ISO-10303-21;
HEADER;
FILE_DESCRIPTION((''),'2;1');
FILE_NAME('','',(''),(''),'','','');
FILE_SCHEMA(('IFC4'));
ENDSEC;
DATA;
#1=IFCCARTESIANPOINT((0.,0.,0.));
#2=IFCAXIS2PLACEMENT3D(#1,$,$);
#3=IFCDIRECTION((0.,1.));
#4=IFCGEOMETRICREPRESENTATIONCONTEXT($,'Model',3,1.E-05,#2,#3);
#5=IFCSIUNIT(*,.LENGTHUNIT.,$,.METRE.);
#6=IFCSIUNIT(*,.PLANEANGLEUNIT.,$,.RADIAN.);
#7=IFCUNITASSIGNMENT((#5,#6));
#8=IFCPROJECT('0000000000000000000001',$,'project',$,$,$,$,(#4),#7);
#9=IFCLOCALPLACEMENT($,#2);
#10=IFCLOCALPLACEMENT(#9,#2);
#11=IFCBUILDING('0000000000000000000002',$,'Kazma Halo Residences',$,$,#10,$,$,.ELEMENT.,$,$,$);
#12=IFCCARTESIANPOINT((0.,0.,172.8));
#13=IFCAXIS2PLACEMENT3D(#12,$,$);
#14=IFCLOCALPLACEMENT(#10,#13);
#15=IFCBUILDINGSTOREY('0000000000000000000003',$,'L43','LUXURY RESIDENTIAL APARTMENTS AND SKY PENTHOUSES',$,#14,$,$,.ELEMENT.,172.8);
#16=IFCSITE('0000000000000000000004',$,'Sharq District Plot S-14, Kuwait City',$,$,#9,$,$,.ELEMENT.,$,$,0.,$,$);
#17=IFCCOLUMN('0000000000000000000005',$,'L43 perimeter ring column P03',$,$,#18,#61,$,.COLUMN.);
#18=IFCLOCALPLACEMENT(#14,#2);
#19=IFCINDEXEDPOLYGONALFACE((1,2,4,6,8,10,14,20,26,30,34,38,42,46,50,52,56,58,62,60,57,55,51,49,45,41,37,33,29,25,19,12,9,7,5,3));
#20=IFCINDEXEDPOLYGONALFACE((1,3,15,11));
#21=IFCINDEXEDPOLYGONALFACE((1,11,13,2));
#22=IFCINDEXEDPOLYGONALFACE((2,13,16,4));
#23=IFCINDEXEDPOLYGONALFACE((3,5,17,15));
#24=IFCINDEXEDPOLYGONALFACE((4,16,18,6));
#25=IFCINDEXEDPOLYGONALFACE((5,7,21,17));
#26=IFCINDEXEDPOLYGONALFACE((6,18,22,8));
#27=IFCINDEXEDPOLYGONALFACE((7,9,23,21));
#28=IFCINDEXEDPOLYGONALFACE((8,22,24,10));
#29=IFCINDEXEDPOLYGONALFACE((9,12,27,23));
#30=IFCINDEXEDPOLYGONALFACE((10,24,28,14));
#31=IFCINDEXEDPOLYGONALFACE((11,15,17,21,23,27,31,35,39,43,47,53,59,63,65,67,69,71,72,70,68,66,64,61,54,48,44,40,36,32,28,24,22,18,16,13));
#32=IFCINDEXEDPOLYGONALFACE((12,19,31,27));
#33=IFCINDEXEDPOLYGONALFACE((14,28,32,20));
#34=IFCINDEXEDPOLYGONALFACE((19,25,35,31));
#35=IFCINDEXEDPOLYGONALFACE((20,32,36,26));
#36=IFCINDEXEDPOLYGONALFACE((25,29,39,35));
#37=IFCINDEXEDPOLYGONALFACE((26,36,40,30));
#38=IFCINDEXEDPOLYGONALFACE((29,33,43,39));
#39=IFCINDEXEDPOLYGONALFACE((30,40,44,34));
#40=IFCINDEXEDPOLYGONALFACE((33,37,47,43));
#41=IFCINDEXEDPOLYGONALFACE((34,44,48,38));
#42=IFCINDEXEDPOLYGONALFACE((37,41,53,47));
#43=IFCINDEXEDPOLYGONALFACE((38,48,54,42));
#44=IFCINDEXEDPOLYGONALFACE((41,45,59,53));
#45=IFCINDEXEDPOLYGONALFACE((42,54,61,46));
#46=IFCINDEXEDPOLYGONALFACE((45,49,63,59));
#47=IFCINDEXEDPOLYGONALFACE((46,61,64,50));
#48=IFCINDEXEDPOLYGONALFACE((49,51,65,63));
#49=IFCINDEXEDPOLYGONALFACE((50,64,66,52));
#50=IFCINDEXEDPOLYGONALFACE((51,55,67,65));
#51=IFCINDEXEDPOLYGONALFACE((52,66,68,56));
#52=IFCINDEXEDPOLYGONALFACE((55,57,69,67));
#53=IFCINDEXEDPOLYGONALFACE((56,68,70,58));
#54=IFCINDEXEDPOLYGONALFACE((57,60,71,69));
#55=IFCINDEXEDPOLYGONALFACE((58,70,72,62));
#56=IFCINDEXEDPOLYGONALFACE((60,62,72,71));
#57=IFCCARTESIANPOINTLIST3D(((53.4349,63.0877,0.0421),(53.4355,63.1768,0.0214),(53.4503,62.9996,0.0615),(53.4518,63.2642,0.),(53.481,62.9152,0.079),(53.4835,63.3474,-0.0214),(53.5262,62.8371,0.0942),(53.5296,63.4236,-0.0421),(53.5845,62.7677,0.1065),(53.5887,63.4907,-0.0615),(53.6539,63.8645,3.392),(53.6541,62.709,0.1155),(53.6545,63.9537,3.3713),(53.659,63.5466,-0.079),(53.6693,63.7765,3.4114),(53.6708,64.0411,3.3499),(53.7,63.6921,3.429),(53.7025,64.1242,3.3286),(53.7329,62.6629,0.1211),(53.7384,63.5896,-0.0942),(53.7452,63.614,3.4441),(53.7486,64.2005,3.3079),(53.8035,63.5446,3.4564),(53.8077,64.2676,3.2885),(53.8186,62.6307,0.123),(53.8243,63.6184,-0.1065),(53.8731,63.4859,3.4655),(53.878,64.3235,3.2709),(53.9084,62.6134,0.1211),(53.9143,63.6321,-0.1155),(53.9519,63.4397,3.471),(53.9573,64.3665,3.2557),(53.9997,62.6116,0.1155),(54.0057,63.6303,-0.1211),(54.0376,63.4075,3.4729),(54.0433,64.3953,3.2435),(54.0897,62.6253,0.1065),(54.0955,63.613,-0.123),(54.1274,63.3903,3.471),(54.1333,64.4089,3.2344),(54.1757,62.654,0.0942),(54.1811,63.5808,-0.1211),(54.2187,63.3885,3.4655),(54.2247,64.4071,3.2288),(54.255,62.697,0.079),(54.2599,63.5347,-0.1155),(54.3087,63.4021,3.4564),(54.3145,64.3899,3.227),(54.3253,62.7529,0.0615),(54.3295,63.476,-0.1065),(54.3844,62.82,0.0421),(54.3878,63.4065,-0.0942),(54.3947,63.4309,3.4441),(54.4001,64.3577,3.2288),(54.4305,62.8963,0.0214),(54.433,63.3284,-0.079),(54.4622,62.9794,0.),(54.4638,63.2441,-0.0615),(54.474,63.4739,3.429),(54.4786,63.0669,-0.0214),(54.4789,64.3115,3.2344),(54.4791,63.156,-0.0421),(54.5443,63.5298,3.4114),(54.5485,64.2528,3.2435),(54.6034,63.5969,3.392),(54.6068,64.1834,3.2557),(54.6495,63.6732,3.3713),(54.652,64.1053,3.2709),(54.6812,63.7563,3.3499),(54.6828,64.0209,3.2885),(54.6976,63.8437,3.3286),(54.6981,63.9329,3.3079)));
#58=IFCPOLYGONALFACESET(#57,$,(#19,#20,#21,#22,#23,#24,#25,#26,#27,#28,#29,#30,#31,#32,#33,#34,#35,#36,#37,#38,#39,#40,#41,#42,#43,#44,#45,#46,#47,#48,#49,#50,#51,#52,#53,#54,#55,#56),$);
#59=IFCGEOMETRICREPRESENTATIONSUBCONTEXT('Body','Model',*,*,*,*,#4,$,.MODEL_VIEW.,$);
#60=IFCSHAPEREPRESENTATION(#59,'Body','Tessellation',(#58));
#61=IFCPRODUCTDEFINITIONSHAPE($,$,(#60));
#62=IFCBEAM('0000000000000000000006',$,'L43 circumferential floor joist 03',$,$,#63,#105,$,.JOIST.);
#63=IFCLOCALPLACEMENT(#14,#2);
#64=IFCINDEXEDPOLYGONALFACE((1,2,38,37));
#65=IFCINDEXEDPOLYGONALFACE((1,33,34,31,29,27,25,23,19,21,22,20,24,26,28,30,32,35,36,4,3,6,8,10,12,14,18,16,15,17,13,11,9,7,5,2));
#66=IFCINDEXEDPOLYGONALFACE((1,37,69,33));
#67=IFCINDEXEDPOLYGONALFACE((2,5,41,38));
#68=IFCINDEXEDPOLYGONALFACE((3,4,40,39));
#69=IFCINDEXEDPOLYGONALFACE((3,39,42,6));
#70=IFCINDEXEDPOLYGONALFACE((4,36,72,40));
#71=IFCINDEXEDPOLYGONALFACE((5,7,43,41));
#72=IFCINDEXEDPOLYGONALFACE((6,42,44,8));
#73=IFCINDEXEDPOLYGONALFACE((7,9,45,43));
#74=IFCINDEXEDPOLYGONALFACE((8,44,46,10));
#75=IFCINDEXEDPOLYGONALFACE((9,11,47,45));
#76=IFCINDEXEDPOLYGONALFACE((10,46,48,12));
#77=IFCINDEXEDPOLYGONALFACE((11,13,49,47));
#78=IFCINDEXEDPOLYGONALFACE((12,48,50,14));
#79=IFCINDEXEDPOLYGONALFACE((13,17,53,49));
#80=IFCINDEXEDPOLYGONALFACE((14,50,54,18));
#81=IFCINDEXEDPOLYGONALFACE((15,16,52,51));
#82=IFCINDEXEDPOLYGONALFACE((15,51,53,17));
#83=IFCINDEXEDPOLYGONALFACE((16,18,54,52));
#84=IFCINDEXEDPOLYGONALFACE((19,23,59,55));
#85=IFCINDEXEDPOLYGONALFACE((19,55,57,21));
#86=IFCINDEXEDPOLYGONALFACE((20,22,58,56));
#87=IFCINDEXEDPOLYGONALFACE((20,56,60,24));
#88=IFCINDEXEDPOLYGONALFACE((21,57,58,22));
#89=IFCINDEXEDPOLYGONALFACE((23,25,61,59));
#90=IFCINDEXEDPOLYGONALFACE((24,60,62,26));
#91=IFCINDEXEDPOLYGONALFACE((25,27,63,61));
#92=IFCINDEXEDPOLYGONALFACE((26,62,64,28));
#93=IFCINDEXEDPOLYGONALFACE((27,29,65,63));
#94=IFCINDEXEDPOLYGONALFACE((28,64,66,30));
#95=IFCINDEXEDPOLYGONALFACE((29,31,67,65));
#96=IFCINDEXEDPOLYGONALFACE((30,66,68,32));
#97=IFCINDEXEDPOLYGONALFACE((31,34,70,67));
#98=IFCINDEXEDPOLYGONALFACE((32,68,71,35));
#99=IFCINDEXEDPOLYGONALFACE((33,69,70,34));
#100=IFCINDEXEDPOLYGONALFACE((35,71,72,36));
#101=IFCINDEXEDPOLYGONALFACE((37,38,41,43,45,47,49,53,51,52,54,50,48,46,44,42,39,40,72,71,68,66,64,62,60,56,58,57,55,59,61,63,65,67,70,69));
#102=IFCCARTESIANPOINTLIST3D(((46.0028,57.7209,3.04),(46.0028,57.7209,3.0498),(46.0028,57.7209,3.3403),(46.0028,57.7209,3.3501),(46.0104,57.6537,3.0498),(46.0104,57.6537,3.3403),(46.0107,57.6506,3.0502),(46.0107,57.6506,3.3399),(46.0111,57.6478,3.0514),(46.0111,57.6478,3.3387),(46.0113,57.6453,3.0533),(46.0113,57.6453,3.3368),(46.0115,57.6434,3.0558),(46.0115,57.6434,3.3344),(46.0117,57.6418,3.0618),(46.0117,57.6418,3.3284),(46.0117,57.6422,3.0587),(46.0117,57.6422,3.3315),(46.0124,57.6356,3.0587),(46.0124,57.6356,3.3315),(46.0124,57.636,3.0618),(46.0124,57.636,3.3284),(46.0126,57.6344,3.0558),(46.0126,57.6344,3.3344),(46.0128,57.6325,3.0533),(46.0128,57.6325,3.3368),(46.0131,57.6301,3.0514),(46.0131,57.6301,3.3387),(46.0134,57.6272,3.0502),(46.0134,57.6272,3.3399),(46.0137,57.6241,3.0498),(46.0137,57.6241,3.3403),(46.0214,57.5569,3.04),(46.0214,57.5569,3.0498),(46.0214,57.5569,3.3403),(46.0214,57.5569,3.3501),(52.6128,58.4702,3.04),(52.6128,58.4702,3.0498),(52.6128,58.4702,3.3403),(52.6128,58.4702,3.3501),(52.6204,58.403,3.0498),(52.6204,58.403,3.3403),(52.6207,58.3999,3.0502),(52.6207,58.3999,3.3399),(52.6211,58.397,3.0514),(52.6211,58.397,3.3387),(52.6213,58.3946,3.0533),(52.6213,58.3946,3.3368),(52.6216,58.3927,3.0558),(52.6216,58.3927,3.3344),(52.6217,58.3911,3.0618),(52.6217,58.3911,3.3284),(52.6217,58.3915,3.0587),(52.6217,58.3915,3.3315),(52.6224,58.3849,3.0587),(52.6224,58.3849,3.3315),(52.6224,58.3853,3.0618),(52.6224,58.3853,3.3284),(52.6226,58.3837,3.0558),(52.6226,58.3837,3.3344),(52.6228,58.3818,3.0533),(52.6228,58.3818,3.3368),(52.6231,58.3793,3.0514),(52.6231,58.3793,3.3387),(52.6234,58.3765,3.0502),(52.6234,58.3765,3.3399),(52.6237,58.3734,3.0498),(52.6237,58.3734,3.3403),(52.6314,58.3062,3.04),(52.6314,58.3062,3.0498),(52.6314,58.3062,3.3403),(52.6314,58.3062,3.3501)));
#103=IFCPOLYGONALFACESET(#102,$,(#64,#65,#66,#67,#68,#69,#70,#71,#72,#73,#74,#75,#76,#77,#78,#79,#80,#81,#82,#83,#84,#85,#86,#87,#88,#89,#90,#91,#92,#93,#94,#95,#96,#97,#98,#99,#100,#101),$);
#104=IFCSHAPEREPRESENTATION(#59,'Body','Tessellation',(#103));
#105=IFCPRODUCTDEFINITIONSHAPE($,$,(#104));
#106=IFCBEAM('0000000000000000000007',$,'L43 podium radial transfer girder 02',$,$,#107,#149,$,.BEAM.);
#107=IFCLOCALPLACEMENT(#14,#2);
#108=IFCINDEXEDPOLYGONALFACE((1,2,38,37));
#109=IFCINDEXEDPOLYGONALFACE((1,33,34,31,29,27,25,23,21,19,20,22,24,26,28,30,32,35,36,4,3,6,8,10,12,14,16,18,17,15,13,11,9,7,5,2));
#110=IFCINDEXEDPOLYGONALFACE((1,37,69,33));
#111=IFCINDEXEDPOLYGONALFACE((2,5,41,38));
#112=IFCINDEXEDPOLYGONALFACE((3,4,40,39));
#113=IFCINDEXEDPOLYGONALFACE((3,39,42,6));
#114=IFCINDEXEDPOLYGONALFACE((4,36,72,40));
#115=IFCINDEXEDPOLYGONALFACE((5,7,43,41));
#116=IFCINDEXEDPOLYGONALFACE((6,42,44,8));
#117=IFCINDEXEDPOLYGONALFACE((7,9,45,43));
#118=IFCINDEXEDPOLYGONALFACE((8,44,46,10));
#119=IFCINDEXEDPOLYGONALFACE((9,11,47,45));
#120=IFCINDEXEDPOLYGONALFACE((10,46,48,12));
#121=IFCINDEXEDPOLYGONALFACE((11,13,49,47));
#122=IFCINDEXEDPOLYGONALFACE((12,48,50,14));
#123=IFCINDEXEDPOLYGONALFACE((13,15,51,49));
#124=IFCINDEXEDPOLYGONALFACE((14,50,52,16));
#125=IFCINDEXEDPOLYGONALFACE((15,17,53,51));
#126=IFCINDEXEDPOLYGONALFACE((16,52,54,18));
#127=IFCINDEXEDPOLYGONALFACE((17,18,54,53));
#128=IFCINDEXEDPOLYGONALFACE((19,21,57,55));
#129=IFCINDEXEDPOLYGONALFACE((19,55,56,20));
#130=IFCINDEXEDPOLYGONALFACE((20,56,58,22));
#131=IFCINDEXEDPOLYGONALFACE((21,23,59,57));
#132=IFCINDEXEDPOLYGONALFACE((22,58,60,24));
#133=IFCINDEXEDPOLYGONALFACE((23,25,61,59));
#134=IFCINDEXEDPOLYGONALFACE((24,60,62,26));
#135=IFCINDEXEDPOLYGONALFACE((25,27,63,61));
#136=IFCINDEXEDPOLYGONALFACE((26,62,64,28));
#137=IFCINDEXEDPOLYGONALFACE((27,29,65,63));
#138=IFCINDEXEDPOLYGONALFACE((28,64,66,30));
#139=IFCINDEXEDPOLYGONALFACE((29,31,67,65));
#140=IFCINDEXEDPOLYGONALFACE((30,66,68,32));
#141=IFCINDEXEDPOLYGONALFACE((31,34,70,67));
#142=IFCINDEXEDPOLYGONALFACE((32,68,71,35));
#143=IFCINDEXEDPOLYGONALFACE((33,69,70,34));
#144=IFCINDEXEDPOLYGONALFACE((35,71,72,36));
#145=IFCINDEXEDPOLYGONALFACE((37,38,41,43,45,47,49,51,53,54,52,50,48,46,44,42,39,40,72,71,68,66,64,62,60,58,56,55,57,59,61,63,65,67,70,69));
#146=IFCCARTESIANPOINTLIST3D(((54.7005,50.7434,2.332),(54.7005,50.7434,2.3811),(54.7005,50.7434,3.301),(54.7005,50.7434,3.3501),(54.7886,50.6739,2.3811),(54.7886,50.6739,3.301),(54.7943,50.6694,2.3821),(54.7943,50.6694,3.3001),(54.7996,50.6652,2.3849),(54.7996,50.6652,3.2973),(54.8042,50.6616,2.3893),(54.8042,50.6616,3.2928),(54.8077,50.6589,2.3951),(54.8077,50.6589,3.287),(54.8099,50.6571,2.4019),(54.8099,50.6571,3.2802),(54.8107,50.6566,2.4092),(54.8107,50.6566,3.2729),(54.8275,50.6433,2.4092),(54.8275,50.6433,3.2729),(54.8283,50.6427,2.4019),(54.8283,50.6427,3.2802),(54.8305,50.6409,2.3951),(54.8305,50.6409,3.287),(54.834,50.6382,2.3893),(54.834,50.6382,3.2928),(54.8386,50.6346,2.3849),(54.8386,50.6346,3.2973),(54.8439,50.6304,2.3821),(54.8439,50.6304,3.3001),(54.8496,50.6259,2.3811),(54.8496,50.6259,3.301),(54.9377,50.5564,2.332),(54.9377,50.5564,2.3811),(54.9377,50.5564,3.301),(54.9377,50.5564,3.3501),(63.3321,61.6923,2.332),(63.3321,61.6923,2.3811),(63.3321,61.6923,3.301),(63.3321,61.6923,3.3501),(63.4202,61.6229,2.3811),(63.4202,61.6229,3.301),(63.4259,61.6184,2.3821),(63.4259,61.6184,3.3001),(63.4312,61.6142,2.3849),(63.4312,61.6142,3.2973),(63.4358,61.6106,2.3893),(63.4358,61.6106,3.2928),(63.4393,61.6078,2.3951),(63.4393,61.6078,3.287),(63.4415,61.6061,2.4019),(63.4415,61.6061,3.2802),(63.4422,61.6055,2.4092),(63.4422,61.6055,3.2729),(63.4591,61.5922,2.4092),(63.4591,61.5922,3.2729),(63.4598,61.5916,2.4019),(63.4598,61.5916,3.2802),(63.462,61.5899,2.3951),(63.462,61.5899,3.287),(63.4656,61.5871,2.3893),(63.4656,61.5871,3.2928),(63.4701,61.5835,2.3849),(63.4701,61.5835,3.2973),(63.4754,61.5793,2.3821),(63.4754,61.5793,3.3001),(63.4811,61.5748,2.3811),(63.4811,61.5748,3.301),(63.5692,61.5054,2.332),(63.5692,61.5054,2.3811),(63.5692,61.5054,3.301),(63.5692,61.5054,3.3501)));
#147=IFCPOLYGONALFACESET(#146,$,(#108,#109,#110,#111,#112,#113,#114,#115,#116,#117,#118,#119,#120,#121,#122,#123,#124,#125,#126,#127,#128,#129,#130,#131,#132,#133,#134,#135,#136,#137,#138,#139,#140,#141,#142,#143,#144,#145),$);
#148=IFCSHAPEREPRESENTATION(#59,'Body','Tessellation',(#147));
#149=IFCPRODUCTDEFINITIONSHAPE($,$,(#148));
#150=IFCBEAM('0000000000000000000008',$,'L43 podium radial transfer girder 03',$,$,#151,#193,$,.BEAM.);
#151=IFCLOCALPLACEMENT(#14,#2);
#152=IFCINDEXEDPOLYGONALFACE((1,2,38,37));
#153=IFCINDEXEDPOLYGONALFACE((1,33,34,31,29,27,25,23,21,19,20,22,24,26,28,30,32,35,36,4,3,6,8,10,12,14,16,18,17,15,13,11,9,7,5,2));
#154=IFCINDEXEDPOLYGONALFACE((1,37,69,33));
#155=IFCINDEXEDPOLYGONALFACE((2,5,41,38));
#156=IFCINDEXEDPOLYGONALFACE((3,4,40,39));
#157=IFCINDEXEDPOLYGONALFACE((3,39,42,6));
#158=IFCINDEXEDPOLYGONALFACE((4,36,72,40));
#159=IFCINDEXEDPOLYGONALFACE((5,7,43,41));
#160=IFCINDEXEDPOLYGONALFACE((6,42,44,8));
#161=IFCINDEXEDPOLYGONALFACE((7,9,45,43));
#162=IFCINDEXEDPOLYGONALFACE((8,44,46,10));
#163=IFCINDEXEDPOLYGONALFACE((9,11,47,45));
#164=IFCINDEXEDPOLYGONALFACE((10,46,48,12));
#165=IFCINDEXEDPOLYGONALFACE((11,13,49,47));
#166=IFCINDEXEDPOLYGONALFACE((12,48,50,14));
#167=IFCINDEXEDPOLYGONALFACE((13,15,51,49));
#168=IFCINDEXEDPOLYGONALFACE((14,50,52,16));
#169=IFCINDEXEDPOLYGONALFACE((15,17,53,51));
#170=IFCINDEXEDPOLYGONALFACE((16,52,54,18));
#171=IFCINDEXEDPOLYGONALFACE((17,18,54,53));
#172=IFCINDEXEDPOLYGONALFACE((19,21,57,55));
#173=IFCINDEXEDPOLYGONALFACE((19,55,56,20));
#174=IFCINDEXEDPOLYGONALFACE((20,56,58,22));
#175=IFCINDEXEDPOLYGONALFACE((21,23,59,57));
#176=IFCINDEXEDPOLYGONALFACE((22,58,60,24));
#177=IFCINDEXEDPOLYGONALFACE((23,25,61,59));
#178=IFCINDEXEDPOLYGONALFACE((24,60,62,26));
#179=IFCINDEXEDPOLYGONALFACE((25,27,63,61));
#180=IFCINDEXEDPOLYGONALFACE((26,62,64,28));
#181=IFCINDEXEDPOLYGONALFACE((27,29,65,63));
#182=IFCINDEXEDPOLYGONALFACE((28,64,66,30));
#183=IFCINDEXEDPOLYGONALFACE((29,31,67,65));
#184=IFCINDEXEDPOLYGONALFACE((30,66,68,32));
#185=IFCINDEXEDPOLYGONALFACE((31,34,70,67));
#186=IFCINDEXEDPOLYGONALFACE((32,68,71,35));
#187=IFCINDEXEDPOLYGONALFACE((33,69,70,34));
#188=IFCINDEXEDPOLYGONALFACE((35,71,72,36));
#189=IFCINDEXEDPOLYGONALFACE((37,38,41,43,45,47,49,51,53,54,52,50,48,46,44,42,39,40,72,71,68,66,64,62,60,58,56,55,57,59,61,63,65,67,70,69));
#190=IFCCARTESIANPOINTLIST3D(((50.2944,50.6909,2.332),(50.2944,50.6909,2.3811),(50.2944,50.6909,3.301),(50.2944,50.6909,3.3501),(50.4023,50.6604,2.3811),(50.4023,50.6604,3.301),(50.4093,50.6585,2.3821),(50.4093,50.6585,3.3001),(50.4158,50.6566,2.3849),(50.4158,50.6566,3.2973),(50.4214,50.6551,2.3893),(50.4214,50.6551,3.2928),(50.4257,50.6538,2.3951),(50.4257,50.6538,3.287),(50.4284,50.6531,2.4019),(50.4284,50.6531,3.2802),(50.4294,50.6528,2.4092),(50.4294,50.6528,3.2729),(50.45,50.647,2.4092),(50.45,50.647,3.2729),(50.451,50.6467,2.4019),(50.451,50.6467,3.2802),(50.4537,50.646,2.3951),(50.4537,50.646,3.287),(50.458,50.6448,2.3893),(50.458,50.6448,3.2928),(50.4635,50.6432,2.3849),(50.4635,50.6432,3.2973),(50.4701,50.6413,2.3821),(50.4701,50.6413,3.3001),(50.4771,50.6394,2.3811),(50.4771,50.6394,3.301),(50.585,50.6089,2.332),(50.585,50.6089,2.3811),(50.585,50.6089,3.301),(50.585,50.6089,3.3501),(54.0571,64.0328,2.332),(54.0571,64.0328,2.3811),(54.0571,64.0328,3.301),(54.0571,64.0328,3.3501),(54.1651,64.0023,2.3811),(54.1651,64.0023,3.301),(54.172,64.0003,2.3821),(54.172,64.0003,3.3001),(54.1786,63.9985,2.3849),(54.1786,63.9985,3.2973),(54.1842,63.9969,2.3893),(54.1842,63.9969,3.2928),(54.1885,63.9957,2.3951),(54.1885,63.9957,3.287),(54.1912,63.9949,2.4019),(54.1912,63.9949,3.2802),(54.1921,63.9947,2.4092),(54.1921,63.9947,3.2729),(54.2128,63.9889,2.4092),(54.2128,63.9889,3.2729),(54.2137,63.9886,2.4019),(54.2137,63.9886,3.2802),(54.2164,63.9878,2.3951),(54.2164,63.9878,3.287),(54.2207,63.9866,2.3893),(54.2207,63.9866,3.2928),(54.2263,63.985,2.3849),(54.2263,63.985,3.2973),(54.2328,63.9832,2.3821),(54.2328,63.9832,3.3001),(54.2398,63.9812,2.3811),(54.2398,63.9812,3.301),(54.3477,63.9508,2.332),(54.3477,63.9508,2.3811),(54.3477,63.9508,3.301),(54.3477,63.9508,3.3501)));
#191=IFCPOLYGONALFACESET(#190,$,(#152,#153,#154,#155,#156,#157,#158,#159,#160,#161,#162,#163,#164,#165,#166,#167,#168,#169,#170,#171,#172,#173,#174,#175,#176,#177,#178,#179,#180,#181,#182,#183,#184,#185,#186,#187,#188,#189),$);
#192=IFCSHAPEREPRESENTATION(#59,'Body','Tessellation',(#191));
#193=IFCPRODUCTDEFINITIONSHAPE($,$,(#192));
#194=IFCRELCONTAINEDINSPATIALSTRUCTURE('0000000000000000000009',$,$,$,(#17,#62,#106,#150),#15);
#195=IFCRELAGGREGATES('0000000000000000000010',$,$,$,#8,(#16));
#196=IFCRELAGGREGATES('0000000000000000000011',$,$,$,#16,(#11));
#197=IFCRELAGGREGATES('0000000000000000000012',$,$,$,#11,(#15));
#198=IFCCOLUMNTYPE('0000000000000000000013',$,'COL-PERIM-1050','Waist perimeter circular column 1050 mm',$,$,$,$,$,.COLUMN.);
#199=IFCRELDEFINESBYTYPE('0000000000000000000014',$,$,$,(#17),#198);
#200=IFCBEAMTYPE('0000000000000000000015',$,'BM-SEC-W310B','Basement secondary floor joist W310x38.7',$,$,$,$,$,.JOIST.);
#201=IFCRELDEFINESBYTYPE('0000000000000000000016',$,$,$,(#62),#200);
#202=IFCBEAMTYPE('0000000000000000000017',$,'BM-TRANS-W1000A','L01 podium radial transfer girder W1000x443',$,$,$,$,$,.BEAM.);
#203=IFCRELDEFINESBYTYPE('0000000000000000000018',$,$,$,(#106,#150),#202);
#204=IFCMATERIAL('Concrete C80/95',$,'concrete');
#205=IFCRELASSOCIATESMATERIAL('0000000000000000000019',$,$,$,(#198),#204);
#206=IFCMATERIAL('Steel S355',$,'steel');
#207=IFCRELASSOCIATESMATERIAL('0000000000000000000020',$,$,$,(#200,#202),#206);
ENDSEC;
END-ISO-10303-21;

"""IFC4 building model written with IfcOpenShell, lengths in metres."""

from ifc_helpers import new_model, si_unit, direction, frame, origin, origin_2d, place, context, subcontext, project, spatial, circle, i_section, extrude, material, material_profile, profile_set, type_object, element, save


model = new_model("IFC4")

# Units and contexts
model_context = context("Model", 3, precision=1e-05, world=origin(), true_north=direction((0.0, 1.0)))
body_context = subcontext(model_context, "Body", "Model", "MODEL_VIEW")
ifc_project = project(units=[si_unit("LENGTHUNIT", "METRE"), si_unit("PLANEANGLEUNIT", "RADIAN")], contexts=[model_context])

# Site, building, storey
site_placement = place(None, origin())
site = spatial("IfcSite", under=ifc_project, at=site_placement, Name="Sharq District Plot S-14, Kuwait City", CompositionType="ELEMENT", RefElevation=0.0)
building_placement = place(site_placement, origin())
building = spatial("IfcBuilding", under=site, at=building_placement, Name="Kazma Halo Residences", CompositionType="ELEMENT")
storey_placement = place(building_placement, frame((0.0, 0.0, 172.8)))
storey = spatial("IfcBuildingStorey", under=building, at=storey_placement, Name="L43", Description="LUXURY RESIDENTIAL APARTMENTS AND SKY PENTHOUSES", CompositionType="ELEMENT", Elevation=172.8)

# Column
ifc_material_1 = material(Name="Concrete C80/95", Category="concrete")
ifc_material_profile_1 = material_profile(ifc_material_1, circle(Radius=0.5249, at=origin_2d()), Name="CIRC1050")
ifc_profile_set_1 = profile_set([ifc_material_profile_1], Name="Concrete C80/95")
column_type = type_object("IfcColumnType", Name="COL-PERIM-1050", Description="Waist perimeter circular column 1050 mm", PredefinedType="COLUMN", material=ifc_profile_set_1)
column_placement = place(storey_placement, frame((53.957, 63.1218, 0.0), z_axis=(0.063555, 0.225455, 0.972178), x_axis=(-0.962488, 0.271324, 0.0)))
element("IfcColumn", 1, at=column_placement, inside=storey, type_object=column_type, Name="L43 perimeter ring column P03", PredefinedType="COLUMN", context=body_context, shape_type="SweptSolid", body=[
    extrude(circle(Radius=0.5249, at=origin_2d()), origin(), (0.0, 0.0, 1.0), 3.4458),
])

# Beams
ifc_material_2 = material(Name="Steel S355", Category="steel")
ifc_material_profile_2 = material_profile(ifc_material_2, i_section(OverallWidth=0.165, OverallDepth=0.3101, WebThickness=0.0059, FlangeThickness=0.0098, FilletRadius=0.012, at=origin_2d()), Name="W310x38.7")
ifc_profile_set_2 = profile_set([ifc_material_profile_2], Name="Steel S355")
beam_type_1 = type_object("IfcBeamType", Name="BM-SEC-W310B", Description="Basement secondary floor joist W310x38.7", PredefinedType="JOIST", material=ifc_profile_set_2)
beam_1_placement = place(storey_placement, frame((52.6221, 58.3882, 3.1951), z_axis=(-0.993637, -0.112631, 0.0), x_axis=(0.112631, -0.993637, 0.0)))
element("IfcBeam", 2, at=beam_1_placement, inside=storey, type_object=beam_type_1, Name="L43 circumferential floor joist 03", PredefinedType="JOIST", context=body_context, shape_type="SweptSolid", body=[
    extrude(i_section(OverallWidth=0.165, OverallDepth=0.3101, WebThickness=0.0059, FlangeThickness=0.0098, FilletRadius=0.012, at=origin_2d()), origin(), (0.0, 0.0, 1.0), 6.6523),
])
ifc_material_profile_3 = material_profile(ifc_material_2, i_section(OverallWidth=0.302, OverallDepth=1.0181, WebThickness=0.0215, FlangeThickness=0.0491, FilletRadius=0.0281, at=origin_2d()), Name="W1000x443")
ifc_profile_set_3 = profile_set([ifc_material_profile_3], Name="Steel S355")
beam_type_2 = type_object("IfcBeamType", Name="BM-TRANS-W1000A", Description="L01 podium radial transfer girder W1000x443", PredefinedType="BEAM", material=ifc_profile_set_3)
beam_2_placement = place(storey_placement, frame((54.8191, 50.6499, 2.8411), z_axis=(0.619099, 0.785313, 0.0), x_axis=(-0.785313, 0.619099, 0.0)))
element("IfcBeam", 3, at=beam_2_placement, inside=storey, type_object=beam_type_2, Name="L43 podium radial transfer girder 02", PredefinedType="BEAM", context=body_context, shape_type="SweptSolid", body=[
    extrude(i_section(OverallWidth=0.302, OverallDepth=1.0181, WebThickness=0.0215, FlangeThickness=0.0491, FilletRadius=0.0281, at=origin_2d()), origin(), (0.0, 0.0, 1.0), 13.9421),
])
beam_3_placement = place(storey_placement, frame((50.4397, 50.6499, 2.8411), z_axis=(0.271435, 0.962457, 0.0), x_axis=(-0.962457, 0.271435, 0.0)))
element("IfcBeam", 4, at=beam_3_placement, inside=storey, type_object=beam_type_2, Name="L43 podium radial transfer girder 03", PredefinedType="BEAM", context=body_context, shape_type="SweptSolid", body=[
    extrude(i_section(OverallWidth=0.302, OverallDepth=1.0181, WebThickness=0.0215, FlangeThickness=0.0491, FilletRadius=0.0281, at=origin_2d()), origin(), (0.0, 0.0, 1.0), 13.8623),
])

save(model, "model.ifc")
